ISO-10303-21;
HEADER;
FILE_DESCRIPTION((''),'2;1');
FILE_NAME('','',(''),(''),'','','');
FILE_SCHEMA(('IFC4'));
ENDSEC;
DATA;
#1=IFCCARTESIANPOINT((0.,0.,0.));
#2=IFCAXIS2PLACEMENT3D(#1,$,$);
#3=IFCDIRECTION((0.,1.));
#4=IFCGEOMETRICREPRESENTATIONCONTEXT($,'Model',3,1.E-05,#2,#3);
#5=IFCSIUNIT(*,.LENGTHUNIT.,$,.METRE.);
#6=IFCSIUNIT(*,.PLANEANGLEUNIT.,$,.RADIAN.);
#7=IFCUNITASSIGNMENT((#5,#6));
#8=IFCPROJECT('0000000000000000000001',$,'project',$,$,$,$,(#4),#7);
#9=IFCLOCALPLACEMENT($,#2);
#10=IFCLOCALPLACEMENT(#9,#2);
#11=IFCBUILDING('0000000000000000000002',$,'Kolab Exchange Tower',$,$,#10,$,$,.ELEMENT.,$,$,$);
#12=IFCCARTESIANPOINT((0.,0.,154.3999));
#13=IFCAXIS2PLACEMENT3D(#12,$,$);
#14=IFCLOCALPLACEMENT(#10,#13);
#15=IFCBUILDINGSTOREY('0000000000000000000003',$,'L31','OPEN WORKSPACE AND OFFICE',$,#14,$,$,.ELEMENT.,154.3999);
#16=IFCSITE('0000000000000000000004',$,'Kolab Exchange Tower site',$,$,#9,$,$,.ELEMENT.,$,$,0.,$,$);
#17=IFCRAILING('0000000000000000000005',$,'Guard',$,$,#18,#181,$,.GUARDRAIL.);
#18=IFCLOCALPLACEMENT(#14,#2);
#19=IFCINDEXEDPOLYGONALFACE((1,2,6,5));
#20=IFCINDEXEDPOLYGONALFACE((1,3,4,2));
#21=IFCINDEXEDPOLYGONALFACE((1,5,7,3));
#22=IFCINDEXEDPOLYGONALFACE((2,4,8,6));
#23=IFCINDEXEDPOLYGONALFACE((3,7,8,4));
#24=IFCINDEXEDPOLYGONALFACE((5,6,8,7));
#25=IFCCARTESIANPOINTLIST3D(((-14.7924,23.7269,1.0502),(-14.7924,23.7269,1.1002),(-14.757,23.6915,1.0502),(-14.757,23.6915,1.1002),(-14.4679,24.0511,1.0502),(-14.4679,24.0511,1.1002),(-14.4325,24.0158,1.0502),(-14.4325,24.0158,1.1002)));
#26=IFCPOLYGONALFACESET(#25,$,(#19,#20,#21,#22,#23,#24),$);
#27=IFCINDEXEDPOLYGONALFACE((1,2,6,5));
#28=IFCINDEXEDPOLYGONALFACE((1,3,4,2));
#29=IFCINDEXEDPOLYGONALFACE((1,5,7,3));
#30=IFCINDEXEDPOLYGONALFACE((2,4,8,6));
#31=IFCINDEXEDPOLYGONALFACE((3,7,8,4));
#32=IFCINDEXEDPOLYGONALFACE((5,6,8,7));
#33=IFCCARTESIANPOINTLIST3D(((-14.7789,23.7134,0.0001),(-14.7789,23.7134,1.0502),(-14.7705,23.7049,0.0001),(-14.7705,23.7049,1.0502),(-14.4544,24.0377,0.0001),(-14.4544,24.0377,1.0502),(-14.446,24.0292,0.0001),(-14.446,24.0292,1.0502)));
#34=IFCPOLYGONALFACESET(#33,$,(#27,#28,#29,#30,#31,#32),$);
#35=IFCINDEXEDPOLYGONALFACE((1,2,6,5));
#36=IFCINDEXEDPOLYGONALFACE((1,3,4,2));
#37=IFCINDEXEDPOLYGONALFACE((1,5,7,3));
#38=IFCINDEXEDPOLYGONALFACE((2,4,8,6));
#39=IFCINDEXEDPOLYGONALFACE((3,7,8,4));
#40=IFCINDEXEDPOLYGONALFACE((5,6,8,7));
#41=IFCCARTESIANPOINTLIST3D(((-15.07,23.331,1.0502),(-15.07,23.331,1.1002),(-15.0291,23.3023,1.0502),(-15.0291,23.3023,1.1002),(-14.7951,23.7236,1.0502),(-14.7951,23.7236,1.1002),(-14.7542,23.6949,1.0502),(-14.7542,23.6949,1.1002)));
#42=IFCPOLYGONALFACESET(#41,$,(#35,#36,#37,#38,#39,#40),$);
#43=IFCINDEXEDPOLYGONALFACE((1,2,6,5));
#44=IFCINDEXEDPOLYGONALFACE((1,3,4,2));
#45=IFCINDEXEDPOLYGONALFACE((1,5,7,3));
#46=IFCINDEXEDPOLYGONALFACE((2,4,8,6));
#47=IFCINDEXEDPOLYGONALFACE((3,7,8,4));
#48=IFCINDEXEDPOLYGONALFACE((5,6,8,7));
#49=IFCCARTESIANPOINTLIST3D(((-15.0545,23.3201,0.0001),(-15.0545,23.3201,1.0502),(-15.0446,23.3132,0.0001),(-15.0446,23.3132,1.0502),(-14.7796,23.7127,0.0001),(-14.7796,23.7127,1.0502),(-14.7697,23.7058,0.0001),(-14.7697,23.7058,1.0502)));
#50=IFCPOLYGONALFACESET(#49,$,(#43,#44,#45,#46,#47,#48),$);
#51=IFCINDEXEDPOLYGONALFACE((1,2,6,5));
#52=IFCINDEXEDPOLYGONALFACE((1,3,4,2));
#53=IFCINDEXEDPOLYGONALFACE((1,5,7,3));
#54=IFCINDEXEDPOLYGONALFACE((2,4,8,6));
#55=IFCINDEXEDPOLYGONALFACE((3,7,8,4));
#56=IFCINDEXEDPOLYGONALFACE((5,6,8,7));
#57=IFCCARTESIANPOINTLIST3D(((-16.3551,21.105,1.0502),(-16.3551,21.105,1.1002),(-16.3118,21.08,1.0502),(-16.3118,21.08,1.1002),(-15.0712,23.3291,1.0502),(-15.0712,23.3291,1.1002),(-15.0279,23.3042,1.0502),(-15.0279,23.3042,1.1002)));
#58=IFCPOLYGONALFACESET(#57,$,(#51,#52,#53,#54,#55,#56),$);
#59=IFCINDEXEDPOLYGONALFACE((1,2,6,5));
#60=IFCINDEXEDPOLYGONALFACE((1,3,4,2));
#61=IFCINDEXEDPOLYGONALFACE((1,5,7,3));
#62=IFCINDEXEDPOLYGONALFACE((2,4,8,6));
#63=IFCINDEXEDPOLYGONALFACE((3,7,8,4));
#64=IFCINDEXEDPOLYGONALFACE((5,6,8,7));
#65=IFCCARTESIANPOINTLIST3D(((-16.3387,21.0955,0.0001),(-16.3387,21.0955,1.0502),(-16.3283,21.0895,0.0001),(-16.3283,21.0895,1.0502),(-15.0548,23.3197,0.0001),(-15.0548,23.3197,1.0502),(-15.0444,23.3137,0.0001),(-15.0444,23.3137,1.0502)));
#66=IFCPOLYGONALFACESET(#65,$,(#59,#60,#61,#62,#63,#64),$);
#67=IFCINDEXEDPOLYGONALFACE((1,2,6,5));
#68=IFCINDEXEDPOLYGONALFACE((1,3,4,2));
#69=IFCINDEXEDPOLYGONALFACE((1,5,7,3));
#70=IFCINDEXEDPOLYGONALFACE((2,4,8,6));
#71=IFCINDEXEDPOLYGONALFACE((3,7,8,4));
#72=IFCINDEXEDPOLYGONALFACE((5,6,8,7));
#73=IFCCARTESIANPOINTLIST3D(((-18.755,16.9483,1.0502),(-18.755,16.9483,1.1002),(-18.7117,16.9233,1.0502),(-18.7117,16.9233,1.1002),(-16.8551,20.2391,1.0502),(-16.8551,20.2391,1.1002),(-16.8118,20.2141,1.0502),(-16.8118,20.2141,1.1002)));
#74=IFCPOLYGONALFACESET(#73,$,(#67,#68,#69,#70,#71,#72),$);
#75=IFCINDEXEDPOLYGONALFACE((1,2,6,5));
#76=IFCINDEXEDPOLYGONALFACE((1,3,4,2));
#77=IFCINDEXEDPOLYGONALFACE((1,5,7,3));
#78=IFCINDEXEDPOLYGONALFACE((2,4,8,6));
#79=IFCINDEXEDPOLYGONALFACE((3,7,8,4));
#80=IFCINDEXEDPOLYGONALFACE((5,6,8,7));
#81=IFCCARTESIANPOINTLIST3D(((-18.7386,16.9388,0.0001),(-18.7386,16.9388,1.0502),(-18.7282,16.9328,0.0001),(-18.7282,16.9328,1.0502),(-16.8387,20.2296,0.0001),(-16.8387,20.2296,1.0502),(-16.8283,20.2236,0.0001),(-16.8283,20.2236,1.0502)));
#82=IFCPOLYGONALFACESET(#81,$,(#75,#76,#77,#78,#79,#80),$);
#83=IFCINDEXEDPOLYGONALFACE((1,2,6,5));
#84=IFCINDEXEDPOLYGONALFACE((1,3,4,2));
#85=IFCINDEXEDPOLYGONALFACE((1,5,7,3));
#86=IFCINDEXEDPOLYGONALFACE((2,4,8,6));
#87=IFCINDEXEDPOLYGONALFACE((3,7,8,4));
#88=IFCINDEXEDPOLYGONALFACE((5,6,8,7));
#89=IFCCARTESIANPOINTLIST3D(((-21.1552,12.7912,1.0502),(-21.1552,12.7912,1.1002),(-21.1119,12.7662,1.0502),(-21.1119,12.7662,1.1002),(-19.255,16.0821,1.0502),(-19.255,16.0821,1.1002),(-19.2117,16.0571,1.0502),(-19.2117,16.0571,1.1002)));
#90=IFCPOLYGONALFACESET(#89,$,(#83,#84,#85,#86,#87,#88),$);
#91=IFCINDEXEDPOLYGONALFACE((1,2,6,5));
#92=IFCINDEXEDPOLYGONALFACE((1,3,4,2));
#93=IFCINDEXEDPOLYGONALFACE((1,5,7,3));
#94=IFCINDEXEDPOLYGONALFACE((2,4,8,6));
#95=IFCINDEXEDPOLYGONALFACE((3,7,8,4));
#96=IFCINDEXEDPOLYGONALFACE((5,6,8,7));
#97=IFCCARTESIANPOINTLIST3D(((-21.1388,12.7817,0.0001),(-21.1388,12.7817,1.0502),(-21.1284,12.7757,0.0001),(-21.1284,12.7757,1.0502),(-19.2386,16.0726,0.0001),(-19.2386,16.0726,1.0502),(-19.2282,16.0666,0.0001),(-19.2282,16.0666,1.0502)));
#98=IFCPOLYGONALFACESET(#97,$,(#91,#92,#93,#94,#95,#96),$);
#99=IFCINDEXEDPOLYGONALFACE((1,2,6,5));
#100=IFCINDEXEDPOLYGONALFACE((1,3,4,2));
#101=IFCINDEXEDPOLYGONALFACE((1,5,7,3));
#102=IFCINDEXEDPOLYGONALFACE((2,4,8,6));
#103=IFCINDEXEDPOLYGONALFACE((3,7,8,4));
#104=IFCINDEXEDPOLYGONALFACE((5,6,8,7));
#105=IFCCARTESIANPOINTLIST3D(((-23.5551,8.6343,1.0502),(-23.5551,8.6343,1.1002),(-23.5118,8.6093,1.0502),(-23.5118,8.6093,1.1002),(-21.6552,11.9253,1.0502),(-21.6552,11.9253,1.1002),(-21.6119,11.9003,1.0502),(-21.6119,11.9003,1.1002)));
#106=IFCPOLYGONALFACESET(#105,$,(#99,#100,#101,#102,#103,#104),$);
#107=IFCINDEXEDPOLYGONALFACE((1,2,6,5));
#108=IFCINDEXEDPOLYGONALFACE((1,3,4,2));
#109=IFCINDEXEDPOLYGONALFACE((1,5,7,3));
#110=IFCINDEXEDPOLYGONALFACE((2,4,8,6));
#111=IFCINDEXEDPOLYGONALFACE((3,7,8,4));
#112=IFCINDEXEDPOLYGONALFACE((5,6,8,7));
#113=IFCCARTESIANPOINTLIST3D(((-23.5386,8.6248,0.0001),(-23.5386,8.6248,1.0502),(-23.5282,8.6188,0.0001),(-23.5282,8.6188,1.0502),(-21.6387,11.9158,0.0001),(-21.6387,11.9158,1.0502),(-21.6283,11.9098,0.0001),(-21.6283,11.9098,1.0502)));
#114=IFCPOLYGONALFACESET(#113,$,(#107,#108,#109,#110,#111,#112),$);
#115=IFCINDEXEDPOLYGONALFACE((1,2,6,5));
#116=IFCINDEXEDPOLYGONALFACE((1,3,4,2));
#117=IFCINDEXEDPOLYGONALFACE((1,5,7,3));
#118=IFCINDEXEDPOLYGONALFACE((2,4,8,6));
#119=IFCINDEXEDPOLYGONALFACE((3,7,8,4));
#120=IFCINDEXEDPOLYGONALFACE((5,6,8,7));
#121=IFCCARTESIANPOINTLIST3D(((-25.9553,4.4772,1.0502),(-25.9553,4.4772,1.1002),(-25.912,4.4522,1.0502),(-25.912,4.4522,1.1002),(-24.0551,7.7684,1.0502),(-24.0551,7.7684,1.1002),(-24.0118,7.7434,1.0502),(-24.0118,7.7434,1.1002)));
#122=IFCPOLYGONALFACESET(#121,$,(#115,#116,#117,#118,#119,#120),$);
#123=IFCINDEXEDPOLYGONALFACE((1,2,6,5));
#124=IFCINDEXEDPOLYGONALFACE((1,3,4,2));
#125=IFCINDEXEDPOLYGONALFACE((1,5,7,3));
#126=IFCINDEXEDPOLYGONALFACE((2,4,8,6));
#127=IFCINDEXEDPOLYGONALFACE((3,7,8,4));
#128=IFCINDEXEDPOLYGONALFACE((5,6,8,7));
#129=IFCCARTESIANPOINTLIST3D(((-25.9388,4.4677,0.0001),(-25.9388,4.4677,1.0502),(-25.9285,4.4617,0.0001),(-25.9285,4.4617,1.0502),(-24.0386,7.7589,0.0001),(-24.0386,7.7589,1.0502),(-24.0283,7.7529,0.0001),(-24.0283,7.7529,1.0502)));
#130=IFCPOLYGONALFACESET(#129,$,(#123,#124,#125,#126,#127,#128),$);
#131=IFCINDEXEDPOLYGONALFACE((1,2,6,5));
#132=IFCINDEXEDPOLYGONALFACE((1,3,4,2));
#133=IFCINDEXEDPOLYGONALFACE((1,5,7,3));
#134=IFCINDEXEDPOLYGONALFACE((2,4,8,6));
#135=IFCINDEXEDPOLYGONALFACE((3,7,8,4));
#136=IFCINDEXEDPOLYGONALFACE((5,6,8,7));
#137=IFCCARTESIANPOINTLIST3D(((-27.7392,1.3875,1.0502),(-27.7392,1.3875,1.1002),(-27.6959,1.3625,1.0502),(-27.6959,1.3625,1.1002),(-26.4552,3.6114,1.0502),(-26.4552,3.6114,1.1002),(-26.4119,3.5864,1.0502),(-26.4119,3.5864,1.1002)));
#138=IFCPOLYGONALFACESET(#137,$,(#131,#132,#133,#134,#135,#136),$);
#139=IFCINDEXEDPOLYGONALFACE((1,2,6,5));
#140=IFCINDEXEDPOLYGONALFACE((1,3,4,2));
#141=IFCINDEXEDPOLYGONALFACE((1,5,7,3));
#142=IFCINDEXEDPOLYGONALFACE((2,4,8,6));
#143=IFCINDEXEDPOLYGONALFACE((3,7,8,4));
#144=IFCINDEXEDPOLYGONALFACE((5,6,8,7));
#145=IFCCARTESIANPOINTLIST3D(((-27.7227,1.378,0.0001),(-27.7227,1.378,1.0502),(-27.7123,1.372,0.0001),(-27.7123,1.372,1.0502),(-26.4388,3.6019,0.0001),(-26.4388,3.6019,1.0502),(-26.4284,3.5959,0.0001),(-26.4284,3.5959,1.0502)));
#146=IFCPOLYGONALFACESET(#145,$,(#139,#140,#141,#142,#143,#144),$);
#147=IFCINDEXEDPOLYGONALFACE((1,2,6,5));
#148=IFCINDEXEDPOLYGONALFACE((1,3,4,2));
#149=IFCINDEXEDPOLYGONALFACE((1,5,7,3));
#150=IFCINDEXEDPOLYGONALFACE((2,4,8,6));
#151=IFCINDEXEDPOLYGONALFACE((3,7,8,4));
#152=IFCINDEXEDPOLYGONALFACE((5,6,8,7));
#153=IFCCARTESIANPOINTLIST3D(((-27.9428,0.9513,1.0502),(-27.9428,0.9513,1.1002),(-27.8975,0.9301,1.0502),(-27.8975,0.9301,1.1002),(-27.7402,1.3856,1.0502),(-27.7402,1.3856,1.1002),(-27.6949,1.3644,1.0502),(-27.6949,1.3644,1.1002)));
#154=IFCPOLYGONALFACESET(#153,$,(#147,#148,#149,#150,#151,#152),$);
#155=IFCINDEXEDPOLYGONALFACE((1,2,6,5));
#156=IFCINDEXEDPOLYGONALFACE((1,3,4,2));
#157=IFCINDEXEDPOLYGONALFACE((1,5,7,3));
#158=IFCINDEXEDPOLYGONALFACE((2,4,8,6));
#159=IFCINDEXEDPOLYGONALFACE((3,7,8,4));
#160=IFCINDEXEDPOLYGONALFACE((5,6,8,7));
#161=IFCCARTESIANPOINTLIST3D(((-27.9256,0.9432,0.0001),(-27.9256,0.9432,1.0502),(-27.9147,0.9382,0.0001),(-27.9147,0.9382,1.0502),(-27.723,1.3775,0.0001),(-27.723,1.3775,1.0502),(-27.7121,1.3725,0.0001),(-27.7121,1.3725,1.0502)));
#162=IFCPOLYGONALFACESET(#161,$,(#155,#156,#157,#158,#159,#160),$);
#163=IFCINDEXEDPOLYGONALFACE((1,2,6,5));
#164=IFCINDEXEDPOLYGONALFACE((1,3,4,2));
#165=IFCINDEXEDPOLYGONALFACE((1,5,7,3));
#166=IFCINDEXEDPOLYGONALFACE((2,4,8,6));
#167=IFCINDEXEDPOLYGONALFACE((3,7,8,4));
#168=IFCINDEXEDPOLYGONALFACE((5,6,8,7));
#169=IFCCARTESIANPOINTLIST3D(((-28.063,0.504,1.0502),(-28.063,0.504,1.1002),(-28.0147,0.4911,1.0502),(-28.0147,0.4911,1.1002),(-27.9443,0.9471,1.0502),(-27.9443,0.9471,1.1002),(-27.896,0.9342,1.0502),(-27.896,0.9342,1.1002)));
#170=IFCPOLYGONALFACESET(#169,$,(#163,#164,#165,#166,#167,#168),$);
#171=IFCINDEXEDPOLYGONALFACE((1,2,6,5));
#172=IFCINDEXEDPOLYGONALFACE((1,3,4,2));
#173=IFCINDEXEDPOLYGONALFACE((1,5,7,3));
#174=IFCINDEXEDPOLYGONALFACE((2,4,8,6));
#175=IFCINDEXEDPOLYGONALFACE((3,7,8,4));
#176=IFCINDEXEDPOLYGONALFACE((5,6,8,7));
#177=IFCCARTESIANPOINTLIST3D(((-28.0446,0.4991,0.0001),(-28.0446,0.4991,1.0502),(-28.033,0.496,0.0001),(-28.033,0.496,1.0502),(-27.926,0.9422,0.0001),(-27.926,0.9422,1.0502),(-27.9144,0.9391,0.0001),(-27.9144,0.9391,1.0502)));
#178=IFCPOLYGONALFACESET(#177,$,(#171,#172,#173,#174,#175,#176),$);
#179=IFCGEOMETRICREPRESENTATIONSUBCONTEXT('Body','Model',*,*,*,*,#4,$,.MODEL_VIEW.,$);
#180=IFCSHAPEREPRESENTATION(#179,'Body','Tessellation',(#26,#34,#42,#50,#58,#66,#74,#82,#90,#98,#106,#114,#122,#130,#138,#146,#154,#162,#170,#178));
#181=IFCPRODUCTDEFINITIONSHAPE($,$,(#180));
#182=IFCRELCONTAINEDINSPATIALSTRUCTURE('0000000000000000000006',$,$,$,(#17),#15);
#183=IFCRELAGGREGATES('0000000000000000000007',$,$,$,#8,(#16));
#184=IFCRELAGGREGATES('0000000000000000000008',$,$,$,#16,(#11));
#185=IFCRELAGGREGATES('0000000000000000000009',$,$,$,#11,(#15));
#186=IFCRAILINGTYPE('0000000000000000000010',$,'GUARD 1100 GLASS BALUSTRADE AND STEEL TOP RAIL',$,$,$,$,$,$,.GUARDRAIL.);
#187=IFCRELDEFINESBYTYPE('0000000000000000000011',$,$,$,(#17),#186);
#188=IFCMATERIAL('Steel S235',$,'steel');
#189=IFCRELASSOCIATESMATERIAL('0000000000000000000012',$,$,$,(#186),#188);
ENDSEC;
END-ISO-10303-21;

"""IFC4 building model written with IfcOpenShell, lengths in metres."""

from ifc_helpers import new_model, si_unit, direction, frame, frame_2d, origin, origin_2d, place, context, subcontext, project, spatial, rectangle, extrude, material, type_object, element, save


model = new_model("IFC4")

# Units and contexts
model_context = context("Model", 3, precision=1e-05, world=origin(), true_north=direction((0.0, 1.0)))
body_context = subcontext(model_context, "Body", "Model", "MODEL_VIEW")
ifc_project = project(units=[si_unit("LENGTHUNIT", "METRE"), si_unit("PLANEANGLEUNIT", "RADIAN")], contexts=[model_context])

# Site, building, storey
site_placement = place(None, origin())
site = spatial("IfcSite", under=ifc_project, at=site_placement, Name="Kolab Exchange Tower site", CompositionType="ELEMENT", RefElevation=0.0)
building_placement = place(site_placement, origin())
building = spatial("IfcBuilding", under=site, at=building_placement, Name="Kolab Exchange Tower", CompositionType="ELEMENT")
storey_placement = place(building_placement, frame((0.0, 0.0, 154.3999)))
storey = spatial("IfcBuildingStorey", under=building, at=storey_placement, Name="L31", Description="OPEN WORKSPACE AND OFFICE", CompositionType="ELEMENT", Elevation=154.3999)

# Shared definitions
ifc_material_1 = material(Name="Steel S235", Category="steel")

# Railing
railing_type = type_object("IfcRailingType", Name="GUARD 1100 GLASS BALUSTRADE AND STEEL TOP RAIL", PredefinedType="GUARDRAIL", material=ifc_material_1)
railing_placement = place(storey_placement, frame((-14.4502, 24.0334, 0.0)))
element("IfcRailing", 1, at=railing_placement, inside=storey, type_object=railing_type, Name="Guard", PredefinedType="GUARDRAIL", context=body_context, shape_type="SweptSolid", body=[
    extrude(rectangle(XDim=0.05, YDim=0.05, at=origin_2d()), frame((0.0, 0.0, 1.0752), z_axis=(-0.707373, -0.706841, 0.0), x_axis=(0.706841, -0.707373, 0.0)), (0.0, 0.0, 1.0), 0.4587),
    extrude(rectangle(XDim=0.012, YDim=1.0501, at=frame_2d((0.0, 0.5251))), frame((0.0, 0.0, 0.0), z_axis=(-0.707373, -0.706841, 0.0), x_axis=(0.706841, -0.707373, 0.0)), (0.0, 0.0, 1.0), 0.4587),
    extrude(rectangle(XDim=0.05, YDim=0.05, at=origin_2d()), frame((-0.3245, -0.3242, 1.0752), z_axis=(-0.573599, -0.819136, 0.0), x_axis=(0.819136, -0.573599, 0.0)), (0.0, 0.0, 1.0), 0.4792),
    extrude(rectangle(XDim=0.012, YDim=1.0501, at=frame_2d((0.0, 0.5251))), frame((-0.3245, -0.3242, 0.0), z_axis=(-0.573599, -0.819136, 0.0), x_axis=(0.819136, -0.573599, 0.0)), (0.0, 0.0, 1.0), 0.4792),
    extrude(rectangle(XDim=0.05, YDim=0.05, at=origin_2d()), frame((-0.5994, -0.7168, 1.0752), z_axis=(-0.499953, -0.866053, 0.0), x_axis=(0.866053, -0.499953, 0.0)), (0.0, 0.0, 1.0), 2.5681),
    extrude(rectangle(XDim=0.012, YDim=1.0501, at=frame_2d((0.0, 0.5251))), frame((-0.5994, -0.7168, 0.0), z_axis=(-0.499953, -0.866053, 0.0), x_axis=(0.866053, -0.499953, 0.0)), (0.0, 0.0, 1.0), 2.5681),
    extrude(rectangle(XDim=0.05, YDim=0.05, at=origin_2d()), frame((-2.3833, -3.8069, 1.0752), z_axis=(-0.499995, -0.866028, 0.0), x_axis=(0.866028, -0.499995, 0.0)), (0.0, 0.0, 1.0), 3.7998),
    extrude(rectangle(XDim=0.012, YDim=1.0501, at=frame_2d((0.0, 0.5251))), frame((-2.3833, -3.8069, 0.0), z_axis=(-0.499995, -0.866028, 0.0), x_axis=(0.866028, -0.499995, 0.0)), (0.0, 0.0, 1.0), 3.7998),
    extrude(rectangle(XDim=0.05, YDim=0.05, at=origin_2d()), frame((-4.7832, -7.9639, 1.0752), z_axis=(-0.500043, -0.866, 0.0), x_axis=(0.866, -0.500043, 0.0)), (0.0, 0.0, 1.0), 3.8),
    extrude(rectangle(XDim=0.012, YDim=1.0501, at=frame_2d((0.0, 0.5251))), frame((-4.7832, -7.9639, 0.0), z_axis=(-0.500043, -0.866, 0.0), x_axis=(0.866, -0.500043, 0.0)), (0.0, 0.0, 1.0), 3.8),
    extrude(rectangle(XDim=0.05, YDim=0.05, at=origin_2d()), frame((-7.1833, -12.1206, 1.0752), z_axis=(-0.499967, -0.866044, 0.0), x_axis=(0.866044, -0.499967, 0.0)), (0.0, 0.0, 1.0), 3.8),
    extrude(rectangle(XDim=0.012, YDim=1.0501, at=frame_2d((0.0, 0.5251))), frame((-7.1833, -12.1206, 0.0), z_axis=(-0.499967, -0.866044, 0.0), x_axis=(0.866044, -0.499967, 0.0)), (0.0, 0.0, 1.0), 3.8),
    extrude(rectangle(XDim=0.05, YDim=0.05, at=origin_2d()), frame((-9.5833, -16.2776, 1.0752), z_axis=(-0.500015, -0.866017, 0.0), x_axis=(0.866017, -0.500015, 0.0)), (0.0, 0.0, 1.0), 3.8003),
    extrude(rectangle(XDim=0.012, YDim=1.0501, at=frame_2d((0.0, 0.5251))), frame((-9.5833, -16.2776, 0.0), z_axis=(-0.500015, -0.866017, 0.0), x_axis=(0.866017, -0.500015, 0.0)), (0.0, 0.0, 1.0), 3.8003),
    extrude(rectangle(XDim=0.05, YDim=0.05, at=origin_2d()), frame((-11.9834, -20.4346, 1.0752), z_axis=(-0.499994, -0.866029, 0.0), x_axis=(0.866029, -0.499994, 0.0)), (0.0, 0.0, 1.0), 2.5679),
    extrude(rectangle(XDim=0.012, YDim=1.0501, at=frame_2d((0.0, 0.5251))), frame((-11.9834, -20.4346, 0.0), z_axis=(-0.499994, -0.866029, 0.0), x_axis=(0.866029, -0.499994, 0.0)), (0.0, 0.0, 1.0), 2.5679),
    extrude(rectangle(XDim=0.05, YDim=0.05, at=origin_2d()), frame((-13.2673, -22.6584, 1.0752), z_axis=(-0.422802, -0.906222, 0.0), x_axis=(0.906222, -0.422802, 0.0)), (0.0, 0.0, 1.0), 0.4792),
    extrude(rectangle(XDim=0.012, YDim=1.0501, at=frame_2d((0.0, 0.5251))), frame((-13.2673, -22.6584, 0.0), z_axis=(-0.422802, -0.906222, 0.0), x_axis=(0.906222, -0.422802, 0.0)), (0.0, 0.0, 1.0), 0.4792),
    extrude(rectangle(XDim=0.05, YDim=0.05, at=origin_2d()), frame((-13.47, -23.0928, 1.0752), z_axis=(-0.258656, -0.965969, 0.0), x_axis=(0.965969, -0.258656, 0.0)), (0.0, 0.0, 1.0), 0.4587),
    extrude(rectangle(XDim=0.012, YDim=1.0501, at=frame_2d((0.0, 0.5251))), frame((-13.47, -23.0928, 0.0), z_axis=(-0.258656, -0.965969, 0.0), x_axis=(0.965969, -0.258656, 0.0)), (0.0, 0.0, 1.0), 0.4587),
])

save(model, "model.ifc")
